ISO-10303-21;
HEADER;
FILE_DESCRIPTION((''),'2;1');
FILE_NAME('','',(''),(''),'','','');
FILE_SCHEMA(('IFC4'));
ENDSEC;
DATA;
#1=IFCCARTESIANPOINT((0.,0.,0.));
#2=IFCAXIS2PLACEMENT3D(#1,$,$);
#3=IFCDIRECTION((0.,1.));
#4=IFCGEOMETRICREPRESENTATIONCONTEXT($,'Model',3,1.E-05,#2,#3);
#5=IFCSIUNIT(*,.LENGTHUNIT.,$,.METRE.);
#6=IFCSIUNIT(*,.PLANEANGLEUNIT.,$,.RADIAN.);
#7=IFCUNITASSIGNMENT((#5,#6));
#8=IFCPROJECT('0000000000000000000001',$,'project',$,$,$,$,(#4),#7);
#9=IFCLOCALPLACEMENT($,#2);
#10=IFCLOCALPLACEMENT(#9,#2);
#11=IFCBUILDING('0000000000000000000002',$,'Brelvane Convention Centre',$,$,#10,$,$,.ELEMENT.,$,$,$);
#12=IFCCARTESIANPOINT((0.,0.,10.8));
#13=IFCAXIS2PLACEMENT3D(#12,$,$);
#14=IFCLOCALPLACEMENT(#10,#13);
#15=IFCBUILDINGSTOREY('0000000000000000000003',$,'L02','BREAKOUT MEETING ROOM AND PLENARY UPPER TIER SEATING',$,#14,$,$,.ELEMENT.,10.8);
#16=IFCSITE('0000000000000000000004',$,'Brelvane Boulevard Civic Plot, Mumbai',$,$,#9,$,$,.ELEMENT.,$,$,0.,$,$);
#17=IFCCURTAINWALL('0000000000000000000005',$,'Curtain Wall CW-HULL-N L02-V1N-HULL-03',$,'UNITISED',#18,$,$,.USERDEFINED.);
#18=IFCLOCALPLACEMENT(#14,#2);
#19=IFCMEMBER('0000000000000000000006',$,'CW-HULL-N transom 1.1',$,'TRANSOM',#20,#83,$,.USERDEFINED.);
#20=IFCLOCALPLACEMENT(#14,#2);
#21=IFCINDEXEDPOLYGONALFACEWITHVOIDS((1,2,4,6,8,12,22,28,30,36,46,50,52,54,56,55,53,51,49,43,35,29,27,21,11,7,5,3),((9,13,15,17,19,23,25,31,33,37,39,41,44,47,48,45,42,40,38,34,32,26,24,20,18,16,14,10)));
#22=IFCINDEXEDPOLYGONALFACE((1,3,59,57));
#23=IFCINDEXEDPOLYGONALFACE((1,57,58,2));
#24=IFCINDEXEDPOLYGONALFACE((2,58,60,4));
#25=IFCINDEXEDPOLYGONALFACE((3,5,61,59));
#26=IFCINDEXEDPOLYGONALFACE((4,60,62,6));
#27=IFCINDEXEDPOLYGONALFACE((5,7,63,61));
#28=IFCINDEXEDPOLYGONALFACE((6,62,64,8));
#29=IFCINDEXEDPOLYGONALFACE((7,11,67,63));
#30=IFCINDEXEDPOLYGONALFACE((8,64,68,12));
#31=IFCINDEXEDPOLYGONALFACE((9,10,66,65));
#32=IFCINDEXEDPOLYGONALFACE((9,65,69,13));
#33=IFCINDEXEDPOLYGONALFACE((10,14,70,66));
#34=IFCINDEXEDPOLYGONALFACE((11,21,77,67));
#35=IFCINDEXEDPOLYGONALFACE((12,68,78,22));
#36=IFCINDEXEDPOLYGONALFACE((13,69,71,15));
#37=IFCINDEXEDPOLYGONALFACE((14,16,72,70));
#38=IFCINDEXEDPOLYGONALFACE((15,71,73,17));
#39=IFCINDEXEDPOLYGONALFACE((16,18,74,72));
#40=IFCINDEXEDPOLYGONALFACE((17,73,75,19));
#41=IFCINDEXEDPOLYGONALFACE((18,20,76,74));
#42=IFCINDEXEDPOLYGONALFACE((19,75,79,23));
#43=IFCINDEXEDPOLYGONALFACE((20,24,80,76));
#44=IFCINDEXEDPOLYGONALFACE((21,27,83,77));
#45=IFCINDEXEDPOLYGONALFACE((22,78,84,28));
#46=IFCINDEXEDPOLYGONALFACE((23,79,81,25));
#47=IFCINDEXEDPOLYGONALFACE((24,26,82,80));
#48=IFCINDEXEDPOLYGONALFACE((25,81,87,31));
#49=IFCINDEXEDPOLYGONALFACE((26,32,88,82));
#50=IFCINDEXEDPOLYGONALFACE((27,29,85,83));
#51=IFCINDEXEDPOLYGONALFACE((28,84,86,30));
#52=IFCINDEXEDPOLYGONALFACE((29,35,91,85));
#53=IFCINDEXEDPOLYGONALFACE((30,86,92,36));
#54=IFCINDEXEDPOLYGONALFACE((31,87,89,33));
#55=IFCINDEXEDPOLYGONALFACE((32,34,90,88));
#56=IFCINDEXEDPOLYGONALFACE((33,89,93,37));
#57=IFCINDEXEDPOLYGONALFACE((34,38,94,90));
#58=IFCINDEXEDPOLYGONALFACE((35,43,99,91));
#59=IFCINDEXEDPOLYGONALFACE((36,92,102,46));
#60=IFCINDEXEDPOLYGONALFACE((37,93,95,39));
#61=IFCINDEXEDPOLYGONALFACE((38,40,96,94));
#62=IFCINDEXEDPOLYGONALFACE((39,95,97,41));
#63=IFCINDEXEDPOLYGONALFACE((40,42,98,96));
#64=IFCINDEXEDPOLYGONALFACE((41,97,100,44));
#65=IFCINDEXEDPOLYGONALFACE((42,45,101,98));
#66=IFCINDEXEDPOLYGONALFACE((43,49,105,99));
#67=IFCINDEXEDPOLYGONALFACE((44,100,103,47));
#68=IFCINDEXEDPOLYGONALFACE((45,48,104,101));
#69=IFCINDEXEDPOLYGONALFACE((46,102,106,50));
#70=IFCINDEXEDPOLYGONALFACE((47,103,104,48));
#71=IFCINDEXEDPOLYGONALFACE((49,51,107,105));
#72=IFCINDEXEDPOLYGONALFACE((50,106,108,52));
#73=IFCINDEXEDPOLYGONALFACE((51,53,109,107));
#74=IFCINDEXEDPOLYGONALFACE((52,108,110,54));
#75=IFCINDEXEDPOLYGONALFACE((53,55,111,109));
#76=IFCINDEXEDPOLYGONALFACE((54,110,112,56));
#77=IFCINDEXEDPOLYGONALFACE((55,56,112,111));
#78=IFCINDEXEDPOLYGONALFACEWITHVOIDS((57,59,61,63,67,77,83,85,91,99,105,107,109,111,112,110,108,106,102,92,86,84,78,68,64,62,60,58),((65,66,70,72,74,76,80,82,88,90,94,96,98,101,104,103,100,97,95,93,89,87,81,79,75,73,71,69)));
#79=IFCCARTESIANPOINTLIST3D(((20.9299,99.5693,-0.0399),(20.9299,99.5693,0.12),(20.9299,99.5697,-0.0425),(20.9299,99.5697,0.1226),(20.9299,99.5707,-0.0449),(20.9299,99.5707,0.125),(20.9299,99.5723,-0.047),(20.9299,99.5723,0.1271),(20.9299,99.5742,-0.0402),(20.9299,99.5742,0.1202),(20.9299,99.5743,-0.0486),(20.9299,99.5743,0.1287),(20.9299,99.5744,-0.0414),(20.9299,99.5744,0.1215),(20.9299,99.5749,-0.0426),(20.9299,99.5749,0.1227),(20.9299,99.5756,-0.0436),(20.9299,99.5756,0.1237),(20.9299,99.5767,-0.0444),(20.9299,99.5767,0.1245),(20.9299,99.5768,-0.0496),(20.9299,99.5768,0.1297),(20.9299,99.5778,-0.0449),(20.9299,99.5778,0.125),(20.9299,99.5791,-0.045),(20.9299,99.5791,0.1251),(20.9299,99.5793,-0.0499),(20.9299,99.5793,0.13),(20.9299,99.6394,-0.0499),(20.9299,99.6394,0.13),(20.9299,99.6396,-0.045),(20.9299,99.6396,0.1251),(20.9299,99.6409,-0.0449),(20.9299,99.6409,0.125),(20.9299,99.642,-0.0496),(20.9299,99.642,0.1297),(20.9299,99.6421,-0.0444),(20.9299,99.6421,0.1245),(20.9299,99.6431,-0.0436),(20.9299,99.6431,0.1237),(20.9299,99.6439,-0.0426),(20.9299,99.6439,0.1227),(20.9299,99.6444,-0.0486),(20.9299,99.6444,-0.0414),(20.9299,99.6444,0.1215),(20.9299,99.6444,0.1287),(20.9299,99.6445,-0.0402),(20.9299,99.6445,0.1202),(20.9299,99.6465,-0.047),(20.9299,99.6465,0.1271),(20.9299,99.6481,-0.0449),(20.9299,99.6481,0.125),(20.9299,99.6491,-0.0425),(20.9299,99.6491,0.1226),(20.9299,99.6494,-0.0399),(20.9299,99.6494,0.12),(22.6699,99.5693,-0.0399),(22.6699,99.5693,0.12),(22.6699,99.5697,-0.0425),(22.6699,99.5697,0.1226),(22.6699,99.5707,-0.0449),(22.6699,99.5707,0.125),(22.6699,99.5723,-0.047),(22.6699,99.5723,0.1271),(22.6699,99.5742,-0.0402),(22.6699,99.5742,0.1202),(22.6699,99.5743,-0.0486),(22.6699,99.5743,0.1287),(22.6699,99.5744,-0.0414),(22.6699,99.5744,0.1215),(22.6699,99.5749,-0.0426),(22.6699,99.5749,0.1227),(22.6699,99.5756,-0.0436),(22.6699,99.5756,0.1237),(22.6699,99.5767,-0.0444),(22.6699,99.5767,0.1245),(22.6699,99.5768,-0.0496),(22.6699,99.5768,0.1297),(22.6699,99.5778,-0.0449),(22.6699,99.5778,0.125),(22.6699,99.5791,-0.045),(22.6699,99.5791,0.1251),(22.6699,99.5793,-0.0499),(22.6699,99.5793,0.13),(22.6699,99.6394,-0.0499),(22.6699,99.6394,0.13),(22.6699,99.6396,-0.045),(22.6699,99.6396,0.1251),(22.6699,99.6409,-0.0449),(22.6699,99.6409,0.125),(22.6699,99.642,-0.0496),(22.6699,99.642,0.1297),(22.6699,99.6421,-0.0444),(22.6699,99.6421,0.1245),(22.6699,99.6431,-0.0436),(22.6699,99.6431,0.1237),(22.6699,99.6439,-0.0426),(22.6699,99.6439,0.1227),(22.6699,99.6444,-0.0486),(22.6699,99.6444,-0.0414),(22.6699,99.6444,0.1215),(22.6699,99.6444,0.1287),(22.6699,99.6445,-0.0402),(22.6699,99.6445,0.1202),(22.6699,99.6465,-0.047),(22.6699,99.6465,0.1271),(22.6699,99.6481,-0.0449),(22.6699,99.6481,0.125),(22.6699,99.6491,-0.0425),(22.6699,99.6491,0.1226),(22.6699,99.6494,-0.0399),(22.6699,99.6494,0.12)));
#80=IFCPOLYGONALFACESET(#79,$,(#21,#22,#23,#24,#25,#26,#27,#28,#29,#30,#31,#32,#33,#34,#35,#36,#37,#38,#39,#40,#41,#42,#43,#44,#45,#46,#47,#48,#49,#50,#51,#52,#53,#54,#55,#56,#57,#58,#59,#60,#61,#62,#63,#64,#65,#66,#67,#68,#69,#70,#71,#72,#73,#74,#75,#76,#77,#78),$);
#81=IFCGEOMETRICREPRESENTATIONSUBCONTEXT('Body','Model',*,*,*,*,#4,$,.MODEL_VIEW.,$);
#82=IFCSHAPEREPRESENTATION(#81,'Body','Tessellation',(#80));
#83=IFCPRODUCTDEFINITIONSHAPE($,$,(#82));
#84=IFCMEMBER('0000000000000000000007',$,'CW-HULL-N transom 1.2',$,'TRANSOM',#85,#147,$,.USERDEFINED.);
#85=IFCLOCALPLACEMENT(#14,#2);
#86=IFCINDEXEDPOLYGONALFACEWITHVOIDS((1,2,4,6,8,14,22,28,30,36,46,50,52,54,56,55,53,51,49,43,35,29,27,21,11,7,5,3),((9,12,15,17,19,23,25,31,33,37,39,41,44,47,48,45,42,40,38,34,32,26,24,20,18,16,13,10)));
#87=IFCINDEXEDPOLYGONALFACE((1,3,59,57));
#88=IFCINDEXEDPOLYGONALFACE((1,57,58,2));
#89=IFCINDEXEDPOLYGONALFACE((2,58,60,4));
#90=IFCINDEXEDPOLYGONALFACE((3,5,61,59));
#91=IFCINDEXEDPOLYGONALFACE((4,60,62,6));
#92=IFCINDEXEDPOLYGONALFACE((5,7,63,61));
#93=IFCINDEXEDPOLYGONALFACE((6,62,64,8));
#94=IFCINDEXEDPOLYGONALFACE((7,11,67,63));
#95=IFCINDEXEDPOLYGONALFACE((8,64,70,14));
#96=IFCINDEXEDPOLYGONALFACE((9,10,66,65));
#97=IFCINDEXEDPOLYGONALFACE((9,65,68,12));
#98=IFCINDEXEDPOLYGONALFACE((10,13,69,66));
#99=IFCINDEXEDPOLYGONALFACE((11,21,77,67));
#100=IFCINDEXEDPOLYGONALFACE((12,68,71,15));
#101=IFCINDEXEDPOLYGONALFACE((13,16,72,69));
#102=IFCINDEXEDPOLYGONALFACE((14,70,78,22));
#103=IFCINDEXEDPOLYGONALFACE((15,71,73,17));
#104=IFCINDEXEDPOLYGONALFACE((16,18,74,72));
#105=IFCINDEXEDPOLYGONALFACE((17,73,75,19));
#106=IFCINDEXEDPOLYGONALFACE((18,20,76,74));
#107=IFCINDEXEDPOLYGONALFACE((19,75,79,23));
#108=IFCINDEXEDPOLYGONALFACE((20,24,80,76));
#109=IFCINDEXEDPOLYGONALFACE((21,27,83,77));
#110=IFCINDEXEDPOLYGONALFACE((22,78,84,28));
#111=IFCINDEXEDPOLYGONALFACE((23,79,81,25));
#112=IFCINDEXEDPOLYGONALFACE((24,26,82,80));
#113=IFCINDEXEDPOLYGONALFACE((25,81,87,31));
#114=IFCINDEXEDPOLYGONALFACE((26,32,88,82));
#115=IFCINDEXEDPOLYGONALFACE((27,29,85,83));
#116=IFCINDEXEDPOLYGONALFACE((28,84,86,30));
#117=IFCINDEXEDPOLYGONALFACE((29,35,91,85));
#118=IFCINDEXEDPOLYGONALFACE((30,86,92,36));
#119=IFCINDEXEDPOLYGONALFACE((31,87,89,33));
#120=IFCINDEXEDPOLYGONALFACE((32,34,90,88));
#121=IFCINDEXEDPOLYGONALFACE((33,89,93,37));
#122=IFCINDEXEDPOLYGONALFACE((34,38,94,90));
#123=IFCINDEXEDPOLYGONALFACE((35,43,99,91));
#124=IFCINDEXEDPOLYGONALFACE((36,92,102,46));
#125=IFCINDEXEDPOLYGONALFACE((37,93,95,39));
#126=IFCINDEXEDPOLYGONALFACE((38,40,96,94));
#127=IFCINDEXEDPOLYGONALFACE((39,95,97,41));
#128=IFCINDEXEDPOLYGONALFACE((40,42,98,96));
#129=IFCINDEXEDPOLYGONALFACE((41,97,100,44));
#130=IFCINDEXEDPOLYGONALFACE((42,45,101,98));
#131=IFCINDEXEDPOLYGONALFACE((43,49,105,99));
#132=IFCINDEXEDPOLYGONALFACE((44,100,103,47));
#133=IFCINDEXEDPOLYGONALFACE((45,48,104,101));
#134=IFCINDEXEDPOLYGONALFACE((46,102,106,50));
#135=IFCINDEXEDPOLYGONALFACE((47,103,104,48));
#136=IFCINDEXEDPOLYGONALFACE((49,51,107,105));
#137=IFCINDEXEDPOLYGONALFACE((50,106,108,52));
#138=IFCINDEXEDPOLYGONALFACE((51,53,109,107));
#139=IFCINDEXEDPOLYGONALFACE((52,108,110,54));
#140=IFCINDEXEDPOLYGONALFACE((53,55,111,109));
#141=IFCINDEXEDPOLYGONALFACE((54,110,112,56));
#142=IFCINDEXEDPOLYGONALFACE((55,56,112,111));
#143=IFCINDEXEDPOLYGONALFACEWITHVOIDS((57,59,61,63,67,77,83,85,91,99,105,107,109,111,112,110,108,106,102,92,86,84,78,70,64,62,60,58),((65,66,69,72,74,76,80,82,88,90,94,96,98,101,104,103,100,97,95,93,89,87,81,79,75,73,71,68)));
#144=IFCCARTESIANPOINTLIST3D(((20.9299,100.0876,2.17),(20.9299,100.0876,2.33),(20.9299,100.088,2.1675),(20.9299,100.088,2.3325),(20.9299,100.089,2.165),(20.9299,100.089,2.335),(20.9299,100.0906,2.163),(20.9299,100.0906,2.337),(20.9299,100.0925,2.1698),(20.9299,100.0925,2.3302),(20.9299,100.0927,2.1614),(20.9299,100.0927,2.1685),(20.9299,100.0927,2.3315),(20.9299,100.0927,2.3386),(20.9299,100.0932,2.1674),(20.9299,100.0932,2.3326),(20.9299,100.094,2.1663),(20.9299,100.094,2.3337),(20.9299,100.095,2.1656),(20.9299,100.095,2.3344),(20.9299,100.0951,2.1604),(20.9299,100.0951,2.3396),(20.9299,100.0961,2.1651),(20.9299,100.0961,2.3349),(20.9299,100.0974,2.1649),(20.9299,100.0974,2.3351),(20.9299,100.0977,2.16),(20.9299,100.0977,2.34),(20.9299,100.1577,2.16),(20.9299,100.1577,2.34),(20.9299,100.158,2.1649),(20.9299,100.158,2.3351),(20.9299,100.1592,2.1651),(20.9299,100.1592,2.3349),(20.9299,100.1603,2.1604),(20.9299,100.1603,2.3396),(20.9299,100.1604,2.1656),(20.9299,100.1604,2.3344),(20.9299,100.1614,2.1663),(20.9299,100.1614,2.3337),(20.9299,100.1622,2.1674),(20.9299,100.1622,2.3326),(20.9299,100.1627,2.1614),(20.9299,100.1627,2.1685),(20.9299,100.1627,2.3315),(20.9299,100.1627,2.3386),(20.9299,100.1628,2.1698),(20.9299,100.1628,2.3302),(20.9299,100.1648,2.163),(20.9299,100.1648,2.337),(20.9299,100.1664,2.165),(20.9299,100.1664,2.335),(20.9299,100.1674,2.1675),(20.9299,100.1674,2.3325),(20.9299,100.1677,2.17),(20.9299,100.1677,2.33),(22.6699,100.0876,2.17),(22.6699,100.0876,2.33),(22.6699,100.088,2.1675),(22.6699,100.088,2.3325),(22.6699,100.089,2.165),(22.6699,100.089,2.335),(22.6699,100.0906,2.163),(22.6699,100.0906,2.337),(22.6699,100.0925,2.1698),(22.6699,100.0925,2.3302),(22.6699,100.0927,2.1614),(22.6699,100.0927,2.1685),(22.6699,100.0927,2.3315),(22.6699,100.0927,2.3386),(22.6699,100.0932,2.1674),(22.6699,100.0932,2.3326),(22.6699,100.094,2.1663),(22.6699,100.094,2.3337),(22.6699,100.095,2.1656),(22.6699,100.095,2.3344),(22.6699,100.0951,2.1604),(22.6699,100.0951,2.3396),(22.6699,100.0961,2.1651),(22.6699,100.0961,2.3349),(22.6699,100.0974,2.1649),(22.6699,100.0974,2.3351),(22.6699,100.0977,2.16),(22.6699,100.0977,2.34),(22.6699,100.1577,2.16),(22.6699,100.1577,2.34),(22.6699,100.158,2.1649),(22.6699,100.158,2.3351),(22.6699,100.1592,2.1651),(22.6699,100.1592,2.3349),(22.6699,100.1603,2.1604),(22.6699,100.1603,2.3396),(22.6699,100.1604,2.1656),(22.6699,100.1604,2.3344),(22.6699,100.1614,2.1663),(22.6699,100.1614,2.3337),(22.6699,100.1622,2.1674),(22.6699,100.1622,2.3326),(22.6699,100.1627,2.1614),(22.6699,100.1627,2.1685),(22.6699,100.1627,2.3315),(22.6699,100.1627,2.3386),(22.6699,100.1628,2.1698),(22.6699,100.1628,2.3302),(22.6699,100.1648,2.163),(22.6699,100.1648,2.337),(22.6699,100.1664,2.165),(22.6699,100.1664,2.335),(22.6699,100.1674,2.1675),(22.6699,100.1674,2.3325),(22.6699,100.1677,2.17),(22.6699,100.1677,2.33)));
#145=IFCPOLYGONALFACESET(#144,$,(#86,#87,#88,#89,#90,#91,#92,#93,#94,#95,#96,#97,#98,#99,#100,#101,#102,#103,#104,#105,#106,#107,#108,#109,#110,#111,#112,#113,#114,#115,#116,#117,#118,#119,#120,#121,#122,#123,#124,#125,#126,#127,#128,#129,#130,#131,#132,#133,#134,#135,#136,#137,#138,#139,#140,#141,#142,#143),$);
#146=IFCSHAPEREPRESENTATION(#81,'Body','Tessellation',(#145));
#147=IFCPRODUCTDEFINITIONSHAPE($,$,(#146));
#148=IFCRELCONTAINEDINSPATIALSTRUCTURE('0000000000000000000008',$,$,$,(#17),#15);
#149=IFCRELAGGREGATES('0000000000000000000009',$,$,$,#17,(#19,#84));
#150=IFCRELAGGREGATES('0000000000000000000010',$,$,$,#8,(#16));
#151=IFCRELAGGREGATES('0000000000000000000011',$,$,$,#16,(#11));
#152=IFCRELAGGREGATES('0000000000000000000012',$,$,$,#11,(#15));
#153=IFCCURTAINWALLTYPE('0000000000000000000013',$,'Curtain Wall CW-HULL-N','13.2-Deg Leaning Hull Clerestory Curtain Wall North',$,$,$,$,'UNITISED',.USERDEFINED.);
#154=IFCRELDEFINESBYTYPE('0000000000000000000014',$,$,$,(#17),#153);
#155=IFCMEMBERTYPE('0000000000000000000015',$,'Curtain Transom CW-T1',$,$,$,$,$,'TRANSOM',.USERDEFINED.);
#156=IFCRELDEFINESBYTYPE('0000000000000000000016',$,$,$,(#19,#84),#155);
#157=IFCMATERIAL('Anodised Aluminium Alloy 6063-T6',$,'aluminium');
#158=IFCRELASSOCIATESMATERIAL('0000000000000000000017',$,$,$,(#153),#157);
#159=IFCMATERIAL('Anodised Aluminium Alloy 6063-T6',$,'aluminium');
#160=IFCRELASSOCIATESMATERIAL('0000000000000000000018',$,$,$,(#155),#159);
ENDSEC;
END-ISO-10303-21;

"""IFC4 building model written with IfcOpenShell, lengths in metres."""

from ifc_helpers import new_model, si_unit, direction, frame, origin, origin_2d, place, context, subcontext, project, spatial, hollow_rectangle, extrude, material, material_profile, profile_set, type_object, element, aggregate, save


model = new_model("IFC4")

# Units and contexts
model_context = context("Model", 3, precision=1e-05, world=origin(), true_north=direction((0.0, 1.0)))
body_context = subcontext(model_context, "Body", "Model", "MODEL_VIEW")
ifc_project = project(units=[si_unit("LENGTHUNIT", "METRE"), si_unit("PLANEANGLEUNIT", "RADIAN")], contexts=[model_context])

# Site, building, storey
site_placement = place(None, origin())
site = spatial("IfcSite", under=ifc_project, at=site_placement, Name="Brelvane Boulevard Civic Plot, Mumbai", CompositionType="ELEMENT", RefElevation=0.0)
building_placement = place(site_placement, origin())
building = spatial("IfcBuilding", under=site, at=building_placement, Name="Brelvane Convention Centre", CompositionType="ELEMENT")
storey_placement = place(building_placement, frame((0.0, 0.0, 10.8)))
storey = spatial("IfcBuildingStorey", under=building, at=storey_placement, Name="L02", Description="BREAKOUT MEETING ROOM AND PLENARY UPPER TIER SEATING", CompositionType="ELEMENT", Elevation=10.8)

# Curtain wall
ifc_material_1 = material(Name="Anodised Aluminium Alloy 6063-T6", Category="aluminium")
curtain_wall_type_1 = type_object("IfcCurtainWallType", Name="Curtain Wall CW-HULL-N", Description="13.2-Deg Leaning Hull Clerestory Curtain Wall North", ElementType="UNITISED", PredefinedType="USERDEFINED", material=ifc_material_1)
curtain_wall_1_placement = place(storey_placement, origin())
curtain_wall_1 = element("IfcCurtainWall", 1, at=curtain_wall_1_placement, inside=storey, type_object=curtain_wall_type_1, Name="Curtain Wall CW-HULL-N L02-V1N-HULL-03", ObjectType="UNITISED", PredefinedType="USERDEFINED")

# Members
ifc_material_2 = material(Name="Anodised Aluminium Alloy 6063-T6", Category="aluminium")
ifc_material_profile_1 = material_profile(ifc_material_2, hollow_rectangle(XDim=0.0801, YDim=0.1799, WallThickness=0.0049, InnerFilletRadius=0.0049, OuterFilletRadius=0.01, at=origin_2d()), Name="ALU-T 180x80x5.0")
ifc_profile_set_1 = profile_set([ifc_material_profile_1], Name="Anodised Aluminium Alloy 6063-T6")
member_type_1 = type_object("IfcMemberType", Name="Curtain Transom CW-T1", ElementType="TRANSOM", PredefinedType="USERDEFINED", material=ifc_profile_set_1)
member_1_placement = place(storey_placement, frame((20.9299, 99.6094, 0.04), z_axis=(1.0, 0.0, 0.0), x_axis=(0.0, 1.0, 0.0)))
member_1 = element("IfcMember", 2, at=member_1_placement, type_object=member_type_1, Name="CW-HULL-N transom 1.1", ObjectType="TRANSOM", PredefinedType="USERDEFINED", context=body_context, shape_type="SweptSolid", body=[
    extrude(hollow_rectangle(XDim=0.0801, YDim=0.1799, WallThickness=0.0049, InnerFilletRadius=0.0049, OuterFilletRadius=0.01, at=origin_2d()), origin(), (0.0, 0.0, 1.0), 1.74),
])
member_2_placement = place(storey_placement, frame((20.9299, 100.1277, 2.25), z_axis=(1.0, 0.0, 0.0), x_axis=(0.0, 1.0, 0.0)))
member_2 = element("IfcMember", 3, at=member_2_placement, type_object=member_type_1, Name="CW-HULL-N transom 1.2", ObjectType="TRANSOM", PredefinedType="USERDEFINED", context=body_context, shape_type="SweptSolid", body=[
    extrude(hollow_rectangle(XDim=0.0801, YDim=0.1799, WallThickness=0.0049, InnerFilletRadius=0.0049, OuterFilletRadius=0.01, at=origin_2d()), origin(), (0.0, 0.0, 1.0), 1.74),
])

aggregate(curtain_wall_1, [member_1, member_2])

save(model, "model.ifc")
